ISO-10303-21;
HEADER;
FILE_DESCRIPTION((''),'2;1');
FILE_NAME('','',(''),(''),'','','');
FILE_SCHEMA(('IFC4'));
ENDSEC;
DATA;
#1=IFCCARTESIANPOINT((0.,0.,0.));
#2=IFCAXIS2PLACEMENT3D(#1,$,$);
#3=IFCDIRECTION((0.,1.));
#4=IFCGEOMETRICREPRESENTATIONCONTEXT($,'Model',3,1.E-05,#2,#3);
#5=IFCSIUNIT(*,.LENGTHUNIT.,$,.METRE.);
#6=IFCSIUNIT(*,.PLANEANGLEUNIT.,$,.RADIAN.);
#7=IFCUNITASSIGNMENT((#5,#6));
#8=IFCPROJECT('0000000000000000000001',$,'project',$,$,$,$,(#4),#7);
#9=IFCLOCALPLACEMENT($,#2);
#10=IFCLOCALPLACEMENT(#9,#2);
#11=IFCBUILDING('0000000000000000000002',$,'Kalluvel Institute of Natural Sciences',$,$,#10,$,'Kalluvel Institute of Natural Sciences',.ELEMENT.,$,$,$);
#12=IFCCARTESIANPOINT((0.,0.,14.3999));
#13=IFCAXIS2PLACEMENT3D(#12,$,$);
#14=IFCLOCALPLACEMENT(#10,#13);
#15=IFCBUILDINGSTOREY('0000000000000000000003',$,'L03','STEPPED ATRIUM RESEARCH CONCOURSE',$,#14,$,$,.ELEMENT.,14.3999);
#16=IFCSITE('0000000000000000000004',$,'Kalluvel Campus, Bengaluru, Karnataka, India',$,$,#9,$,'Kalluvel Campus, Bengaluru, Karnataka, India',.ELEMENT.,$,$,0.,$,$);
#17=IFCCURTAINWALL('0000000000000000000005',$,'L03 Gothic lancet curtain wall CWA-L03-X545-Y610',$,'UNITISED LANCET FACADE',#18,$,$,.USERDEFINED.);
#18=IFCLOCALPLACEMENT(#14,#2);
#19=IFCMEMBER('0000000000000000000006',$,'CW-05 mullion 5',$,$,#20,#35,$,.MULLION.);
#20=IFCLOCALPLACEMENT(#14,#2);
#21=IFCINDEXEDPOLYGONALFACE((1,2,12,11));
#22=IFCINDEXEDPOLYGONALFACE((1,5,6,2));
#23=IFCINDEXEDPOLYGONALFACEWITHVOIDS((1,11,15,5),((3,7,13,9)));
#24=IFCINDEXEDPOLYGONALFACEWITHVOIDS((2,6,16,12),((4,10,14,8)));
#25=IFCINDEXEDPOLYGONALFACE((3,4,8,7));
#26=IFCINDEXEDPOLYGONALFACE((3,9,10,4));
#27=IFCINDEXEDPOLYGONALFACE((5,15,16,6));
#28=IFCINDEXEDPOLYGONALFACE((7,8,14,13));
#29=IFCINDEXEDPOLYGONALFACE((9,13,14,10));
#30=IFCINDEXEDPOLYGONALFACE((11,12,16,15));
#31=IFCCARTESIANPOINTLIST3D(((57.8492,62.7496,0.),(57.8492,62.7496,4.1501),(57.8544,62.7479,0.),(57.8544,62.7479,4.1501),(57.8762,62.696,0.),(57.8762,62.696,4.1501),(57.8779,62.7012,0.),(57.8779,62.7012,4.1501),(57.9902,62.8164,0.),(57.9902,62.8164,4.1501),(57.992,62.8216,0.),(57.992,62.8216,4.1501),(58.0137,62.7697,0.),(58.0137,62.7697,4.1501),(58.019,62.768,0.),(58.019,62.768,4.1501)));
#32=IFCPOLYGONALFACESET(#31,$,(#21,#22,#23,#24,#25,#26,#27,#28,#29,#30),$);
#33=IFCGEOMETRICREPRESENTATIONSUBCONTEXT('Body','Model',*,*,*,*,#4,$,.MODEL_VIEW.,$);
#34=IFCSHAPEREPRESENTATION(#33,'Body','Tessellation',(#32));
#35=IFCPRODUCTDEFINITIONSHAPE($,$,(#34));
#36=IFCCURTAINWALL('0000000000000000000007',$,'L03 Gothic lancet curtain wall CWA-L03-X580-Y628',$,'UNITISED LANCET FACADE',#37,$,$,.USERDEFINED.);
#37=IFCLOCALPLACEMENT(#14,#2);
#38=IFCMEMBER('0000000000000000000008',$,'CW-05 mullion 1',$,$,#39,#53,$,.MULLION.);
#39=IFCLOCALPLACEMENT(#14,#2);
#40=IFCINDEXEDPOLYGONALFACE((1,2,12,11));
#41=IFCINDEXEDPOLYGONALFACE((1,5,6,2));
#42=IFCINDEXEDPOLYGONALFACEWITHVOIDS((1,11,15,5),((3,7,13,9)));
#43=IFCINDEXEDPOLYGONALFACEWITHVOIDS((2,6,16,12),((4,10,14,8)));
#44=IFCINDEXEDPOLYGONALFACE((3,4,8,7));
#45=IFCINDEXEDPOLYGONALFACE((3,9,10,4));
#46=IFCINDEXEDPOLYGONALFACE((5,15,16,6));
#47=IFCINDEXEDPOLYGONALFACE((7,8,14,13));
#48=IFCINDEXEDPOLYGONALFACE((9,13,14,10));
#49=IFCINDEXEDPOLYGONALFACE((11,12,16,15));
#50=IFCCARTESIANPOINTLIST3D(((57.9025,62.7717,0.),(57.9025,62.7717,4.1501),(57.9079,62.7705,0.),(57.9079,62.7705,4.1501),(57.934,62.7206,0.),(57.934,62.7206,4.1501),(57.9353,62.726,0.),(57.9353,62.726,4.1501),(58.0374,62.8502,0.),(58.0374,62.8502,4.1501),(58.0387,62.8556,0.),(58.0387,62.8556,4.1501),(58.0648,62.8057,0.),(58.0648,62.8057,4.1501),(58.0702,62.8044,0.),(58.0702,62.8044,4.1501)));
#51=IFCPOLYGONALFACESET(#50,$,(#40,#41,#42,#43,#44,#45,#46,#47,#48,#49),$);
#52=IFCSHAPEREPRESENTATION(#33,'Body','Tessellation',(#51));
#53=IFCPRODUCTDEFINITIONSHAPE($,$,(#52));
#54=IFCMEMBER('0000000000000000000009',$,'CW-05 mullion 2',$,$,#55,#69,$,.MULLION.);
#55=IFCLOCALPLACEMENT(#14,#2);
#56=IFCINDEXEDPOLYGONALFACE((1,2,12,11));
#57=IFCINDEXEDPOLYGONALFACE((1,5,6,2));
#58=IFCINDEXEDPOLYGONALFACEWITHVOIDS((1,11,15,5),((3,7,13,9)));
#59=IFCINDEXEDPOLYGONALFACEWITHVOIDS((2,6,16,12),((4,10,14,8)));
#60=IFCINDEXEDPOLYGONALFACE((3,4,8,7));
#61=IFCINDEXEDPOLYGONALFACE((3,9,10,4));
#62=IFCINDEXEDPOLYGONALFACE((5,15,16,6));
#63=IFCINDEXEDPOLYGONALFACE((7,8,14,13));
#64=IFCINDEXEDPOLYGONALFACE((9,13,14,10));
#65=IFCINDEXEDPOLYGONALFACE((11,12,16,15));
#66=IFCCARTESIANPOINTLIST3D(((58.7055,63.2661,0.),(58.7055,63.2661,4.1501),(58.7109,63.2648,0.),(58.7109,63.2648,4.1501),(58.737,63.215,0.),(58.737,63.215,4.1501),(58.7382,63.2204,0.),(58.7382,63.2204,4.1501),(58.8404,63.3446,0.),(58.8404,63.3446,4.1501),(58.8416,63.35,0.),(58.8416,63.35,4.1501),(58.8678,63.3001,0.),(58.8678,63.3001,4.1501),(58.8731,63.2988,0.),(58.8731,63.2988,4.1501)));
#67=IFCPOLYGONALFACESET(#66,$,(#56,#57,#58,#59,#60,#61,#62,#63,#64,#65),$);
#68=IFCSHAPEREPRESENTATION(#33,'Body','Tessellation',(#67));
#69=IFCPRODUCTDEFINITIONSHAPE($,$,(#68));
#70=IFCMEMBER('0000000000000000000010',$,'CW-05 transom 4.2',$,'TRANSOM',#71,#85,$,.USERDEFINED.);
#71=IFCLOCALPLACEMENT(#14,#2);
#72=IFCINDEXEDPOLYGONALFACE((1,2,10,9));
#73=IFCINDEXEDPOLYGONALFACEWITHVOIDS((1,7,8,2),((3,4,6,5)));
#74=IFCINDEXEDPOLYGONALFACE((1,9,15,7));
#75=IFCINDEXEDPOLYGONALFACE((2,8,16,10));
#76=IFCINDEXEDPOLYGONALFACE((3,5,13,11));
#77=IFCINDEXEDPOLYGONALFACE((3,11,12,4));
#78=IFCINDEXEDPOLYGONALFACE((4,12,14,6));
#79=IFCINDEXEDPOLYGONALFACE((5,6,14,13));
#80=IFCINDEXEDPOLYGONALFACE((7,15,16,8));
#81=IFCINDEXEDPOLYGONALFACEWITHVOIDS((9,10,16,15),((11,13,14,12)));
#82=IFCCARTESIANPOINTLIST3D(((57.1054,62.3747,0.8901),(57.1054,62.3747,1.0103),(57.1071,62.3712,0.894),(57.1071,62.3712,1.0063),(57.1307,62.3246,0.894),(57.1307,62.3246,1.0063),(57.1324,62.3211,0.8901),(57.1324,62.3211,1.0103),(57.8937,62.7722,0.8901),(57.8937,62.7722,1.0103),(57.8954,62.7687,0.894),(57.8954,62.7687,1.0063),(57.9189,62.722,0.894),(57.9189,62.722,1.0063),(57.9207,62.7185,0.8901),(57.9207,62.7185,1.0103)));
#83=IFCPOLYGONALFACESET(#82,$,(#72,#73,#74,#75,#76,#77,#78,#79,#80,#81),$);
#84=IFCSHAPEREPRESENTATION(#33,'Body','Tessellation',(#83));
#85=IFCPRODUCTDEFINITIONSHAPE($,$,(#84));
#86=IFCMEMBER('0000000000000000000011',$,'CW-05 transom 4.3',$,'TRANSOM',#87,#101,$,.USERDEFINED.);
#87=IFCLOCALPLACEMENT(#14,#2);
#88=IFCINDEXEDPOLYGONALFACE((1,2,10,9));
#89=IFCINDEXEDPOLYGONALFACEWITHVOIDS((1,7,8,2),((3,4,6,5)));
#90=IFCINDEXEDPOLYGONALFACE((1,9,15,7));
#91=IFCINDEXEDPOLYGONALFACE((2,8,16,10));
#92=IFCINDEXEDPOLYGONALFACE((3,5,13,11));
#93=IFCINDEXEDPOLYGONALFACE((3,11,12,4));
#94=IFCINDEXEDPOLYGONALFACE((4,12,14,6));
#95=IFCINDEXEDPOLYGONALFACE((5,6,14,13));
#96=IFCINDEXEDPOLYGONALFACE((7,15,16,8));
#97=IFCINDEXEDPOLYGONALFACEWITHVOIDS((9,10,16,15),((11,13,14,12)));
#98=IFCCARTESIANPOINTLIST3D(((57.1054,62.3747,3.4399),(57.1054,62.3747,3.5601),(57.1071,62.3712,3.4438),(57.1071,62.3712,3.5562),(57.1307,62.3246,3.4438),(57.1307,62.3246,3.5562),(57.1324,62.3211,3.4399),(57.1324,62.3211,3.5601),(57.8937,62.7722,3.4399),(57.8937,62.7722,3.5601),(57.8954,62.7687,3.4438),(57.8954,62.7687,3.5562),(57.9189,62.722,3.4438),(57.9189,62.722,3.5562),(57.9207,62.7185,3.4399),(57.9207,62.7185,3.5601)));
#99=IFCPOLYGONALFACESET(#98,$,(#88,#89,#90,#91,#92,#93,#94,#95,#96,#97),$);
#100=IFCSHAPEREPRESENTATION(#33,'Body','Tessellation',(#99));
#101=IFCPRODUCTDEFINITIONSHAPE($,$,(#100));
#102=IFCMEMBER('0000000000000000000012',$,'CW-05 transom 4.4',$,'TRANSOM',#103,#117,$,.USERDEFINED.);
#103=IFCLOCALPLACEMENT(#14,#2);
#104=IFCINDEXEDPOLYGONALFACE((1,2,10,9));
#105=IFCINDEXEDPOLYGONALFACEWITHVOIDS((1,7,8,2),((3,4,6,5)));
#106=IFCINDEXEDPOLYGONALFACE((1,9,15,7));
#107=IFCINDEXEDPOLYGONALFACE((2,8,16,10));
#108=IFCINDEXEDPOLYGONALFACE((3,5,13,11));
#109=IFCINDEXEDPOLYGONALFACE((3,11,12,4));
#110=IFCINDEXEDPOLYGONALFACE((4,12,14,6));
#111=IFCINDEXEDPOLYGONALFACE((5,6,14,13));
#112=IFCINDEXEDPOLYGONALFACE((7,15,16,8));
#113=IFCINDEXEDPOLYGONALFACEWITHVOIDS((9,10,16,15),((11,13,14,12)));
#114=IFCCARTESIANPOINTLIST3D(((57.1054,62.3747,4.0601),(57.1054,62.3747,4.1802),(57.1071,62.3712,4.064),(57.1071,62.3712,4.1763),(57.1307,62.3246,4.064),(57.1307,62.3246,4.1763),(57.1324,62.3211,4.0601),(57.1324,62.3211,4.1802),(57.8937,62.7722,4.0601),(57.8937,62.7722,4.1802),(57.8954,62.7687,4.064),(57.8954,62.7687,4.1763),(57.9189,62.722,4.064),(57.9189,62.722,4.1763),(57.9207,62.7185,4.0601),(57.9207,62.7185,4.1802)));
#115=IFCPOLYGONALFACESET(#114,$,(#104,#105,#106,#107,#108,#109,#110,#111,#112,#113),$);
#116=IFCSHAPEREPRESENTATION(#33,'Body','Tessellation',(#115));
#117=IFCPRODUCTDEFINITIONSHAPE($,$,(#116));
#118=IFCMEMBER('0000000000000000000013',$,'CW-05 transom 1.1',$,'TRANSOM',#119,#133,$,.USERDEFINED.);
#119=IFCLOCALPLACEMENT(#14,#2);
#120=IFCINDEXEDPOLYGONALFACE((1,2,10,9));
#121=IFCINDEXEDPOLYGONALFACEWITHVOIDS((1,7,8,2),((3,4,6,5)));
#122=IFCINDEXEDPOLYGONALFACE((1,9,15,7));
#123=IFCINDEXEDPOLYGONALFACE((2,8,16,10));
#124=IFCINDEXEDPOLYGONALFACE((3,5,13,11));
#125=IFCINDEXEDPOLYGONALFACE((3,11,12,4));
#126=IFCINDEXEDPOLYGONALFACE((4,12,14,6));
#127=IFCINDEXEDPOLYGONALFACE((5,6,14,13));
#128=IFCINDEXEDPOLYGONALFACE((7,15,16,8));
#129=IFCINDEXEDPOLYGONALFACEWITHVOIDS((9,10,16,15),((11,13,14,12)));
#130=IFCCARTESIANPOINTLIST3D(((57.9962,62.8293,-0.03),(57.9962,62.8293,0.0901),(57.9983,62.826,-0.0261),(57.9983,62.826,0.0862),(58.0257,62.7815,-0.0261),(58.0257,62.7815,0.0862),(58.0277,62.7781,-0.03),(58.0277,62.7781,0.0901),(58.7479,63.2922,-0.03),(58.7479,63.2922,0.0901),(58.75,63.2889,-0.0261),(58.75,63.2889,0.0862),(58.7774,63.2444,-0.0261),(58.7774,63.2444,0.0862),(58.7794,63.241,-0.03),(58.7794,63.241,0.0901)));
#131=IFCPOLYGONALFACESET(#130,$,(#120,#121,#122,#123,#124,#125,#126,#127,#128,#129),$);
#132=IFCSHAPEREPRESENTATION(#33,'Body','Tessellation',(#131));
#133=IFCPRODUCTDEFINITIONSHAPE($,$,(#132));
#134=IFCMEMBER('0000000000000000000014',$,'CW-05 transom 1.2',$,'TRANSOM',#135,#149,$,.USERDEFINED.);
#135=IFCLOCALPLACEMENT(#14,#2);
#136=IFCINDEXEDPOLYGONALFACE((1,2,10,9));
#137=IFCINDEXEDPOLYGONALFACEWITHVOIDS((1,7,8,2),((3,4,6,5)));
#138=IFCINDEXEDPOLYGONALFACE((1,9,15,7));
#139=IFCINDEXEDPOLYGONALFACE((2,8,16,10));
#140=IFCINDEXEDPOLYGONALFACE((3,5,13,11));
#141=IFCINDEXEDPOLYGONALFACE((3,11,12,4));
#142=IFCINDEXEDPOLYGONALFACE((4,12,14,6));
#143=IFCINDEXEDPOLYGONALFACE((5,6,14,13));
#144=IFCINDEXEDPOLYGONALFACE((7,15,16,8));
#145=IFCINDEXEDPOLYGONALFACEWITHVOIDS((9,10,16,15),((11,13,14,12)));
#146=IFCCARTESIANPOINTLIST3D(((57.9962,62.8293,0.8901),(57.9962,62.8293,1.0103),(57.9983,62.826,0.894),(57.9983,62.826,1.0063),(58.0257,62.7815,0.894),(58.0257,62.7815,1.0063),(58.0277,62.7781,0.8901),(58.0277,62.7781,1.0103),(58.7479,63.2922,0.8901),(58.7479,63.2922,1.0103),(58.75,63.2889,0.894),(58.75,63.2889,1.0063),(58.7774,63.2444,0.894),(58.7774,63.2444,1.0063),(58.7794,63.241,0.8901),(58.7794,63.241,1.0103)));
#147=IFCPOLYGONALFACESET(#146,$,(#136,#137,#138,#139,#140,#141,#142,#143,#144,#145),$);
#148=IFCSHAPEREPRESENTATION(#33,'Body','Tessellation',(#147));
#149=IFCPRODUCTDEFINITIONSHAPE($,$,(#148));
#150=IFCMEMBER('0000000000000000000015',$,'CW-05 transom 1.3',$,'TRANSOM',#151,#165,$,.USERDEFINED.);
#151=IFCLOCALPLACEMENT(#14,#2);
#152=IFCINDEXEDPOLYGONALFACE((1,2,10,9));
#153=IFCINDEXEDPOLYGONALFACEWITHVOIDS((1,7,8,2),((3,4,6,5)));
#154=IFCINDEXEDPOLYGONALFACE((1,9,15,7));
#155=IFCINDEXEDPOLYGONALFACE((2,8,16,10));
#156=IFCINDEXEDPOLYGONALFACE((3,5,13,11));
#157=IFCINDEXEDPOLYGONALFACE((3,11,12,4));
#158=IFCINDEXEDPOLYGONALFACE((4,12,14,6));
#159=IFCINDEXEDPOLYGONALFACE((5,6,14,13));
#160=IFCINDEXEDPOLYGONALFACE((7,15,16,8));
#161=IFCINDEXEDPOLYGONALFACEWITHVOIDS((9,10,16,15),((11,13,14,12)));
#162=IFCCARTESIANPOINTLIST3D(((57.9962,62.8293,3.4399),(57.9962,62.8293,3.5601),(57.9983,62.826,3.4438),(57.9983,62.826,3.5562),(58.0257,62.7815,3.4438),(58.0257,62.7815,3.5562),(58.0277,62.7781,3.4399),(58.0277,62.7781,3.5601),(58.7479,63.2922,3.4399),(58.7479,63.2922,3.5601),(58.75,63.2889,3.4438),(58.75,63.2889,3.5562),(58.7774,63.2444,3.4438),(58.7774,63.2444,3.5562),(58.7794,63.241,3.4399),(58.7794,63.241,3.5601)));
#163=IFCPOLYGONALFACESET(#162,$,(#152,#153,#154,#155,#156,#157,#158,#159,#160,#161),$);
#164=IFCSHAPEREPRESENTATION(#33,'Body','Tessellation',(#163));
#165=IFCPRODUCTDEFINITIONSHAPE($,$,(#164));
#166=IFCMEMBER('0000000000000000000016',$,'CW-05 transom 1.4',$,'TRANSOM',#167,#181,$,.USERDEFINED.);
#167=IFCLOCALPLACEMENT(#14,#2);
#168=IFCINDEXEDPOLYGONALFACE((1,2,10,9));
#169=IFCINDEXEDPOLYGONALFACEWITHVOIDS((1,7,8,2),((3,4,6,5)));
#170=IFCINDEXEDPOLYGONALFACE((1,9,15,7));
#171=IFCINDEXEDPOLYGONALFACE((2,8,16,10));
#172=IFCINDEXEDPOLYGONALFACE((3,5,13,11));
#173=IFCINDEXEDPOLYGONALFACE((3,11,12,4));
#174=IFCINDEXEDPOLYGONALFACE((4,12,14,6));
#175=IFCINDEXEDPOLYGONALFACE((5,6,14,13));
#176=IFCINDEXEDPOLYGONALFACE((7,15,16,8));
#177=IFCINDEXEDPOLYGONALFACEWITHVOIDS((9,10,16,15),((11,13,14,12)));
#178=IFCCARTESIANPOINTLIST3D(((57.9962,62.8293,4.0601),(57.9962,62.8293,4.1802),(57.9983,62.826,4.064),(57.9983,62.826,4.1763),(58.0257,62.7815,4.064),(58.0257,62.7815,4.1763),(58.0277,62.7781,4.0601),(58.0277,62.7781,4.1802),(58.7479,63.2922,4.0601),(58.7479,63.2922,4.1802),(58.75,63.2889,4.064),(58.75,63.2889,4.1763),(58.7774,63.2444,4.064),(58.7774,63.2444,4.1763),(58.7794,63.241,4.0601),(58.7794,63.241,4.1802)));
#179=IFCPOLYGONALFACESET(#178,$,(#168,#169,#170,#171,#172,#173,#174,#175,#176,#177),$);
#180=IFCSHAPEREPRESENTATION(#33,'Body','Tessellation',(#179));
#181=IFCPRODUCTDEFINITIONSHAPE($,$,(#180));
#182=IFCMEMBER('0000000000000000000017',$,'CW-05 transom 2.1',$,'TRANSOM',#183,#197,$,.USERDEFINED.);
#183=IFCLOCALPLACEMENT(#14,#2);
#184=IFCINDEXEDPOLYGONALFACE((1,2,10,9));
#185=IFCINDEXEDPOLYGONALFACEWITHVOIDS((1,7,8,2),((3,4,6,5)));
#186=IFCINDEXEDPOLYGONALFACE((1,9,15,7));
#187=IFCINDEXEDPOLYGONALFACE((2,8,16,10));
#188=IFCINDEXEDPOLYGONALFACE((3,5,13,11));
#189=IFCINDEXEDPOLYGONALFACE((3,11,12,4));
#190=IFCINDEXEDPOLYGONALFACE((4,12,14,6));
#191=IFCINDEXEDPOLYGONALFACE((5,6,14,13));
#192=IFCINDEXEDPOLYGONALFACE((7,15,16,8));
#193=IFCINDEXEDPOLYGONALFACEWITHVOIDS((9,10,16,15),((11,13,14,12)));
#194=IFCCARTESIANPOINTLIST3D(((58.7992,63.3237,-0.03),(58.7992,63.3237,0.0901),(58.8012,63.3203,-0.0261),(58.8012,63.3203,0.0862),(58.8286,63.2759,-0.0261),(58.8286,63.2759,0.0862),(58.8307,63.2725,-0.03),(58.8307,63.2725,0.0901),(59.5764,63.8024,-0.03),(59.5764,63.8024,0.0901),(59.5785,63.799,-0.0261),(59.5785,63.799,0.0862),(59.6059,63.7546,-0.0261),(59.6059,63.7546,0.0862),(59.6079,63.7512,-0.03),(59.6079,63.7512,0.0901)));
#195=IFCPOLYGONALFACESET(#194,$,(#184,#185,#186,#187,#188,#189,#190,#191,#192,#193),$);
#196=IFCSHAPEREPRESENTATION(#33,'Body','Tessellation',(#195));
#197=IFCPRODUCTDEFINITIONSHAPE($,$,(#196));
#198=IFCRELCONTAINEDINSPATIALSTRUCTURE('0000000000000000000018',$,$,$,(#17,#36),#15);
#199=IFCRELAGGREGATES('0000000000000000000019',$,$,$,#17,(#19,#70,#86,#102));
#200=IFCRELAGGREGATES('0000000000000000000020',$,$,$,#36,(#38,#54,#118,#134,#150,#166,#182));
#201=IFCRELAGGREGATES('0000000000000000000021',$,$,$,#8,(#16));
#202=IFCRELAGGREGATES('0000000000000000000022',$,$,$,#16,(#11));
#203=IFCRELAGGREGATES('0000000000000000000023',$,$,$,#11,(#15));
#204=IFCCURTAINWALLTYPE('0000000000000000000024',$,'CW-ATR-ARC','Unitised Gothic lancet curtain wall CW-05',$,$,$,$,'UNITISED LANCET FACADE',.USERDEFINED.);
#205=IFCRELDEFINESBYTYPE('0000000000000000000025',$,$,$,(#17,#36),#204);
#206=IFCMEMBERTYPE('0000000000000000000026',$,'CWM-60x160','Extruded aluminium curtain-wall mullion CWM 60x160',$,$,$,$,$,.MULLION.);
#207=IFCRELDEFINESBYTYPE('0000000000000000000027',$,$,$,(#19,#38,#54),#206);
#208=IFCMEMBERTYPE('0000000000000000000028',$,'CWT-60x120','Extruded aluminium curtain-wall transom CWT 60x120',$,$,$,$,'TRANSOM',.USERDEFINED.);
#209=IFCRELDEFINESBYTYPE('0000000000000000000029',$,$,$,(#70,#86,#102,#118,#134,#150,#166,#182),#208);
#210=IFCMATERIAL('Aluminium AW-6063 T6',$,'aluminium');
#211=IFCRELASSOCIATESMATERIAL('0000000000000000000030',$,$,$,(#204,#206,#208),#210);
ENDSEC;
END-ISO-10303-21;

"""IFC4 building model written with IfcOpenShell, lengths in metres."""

from ifc_helpers import new_model, si_unit, direction, frame, origin, origin_2d, place, context, subcontext, project, spatial, hollow_rectangle, extrude, material, material_profile, profile_set, type_object, element, aggregate, save


model = new_model("IFC4")

# Units and contexts
model_context = context("Model", 3, precision=1e-05, world=origin(), true_north=direction((0.0, 1.0)))
body_context = subcontext(model_context, "Body", "Model", "MODEL_VIEW")
ifc_project = project(units=[si_unit("LENGTHUNIT", "METRE"), si_unit("PLANEANGLEUNIT", "RADIAN")], contexts=[model_context])

# Site, building, storey
site_placement = place(None, origin())
site = spatial("IfcSite", under=ifc_project, at=site_placement, Name="Kalluvel Campus, Bengaluru, Karnataka, India", LongName="Kalluvel Campus, Bengaluru, Karnataka, India", CompositionType="ELEMENT", RefElevation=0.0)
building_placement = place(site_placement, origin())
building = spatial("IfcBuilding", under=site, at=building_placement, Name="Kalluvel Institute of Natural Sciences", LongName="Kalluvel Institute of Natural Sciences", CompositionType="ELEMENT")
storey_placement = place(building_placement, frame((0.0, 0.0, 14.3999)))
storey = spatial("IfcBuildingStorey", under=building, at=storey_placement, Name="L03", Description="STEPPED ATRIUM RESEARCH CONCOURSE", CompositionType="ELEMENT", Elevation=14.3999)

# Curtain wall, member
ifc_material_1 = material(Name="Aluminium AW-6063 T6", Category="aluminium")
curtain_wall_type = type_object("IfcCurtainWallType", Name="CW-ATR-ARC", Description="Unitised Gothic lancet curtain wall CW-05", ElementType="UNITISED LANCET FACADE", PredefinedType="USERDEFINED", material=ifc_material_1)
curtain_wall_1_placement = place(storey_placement, origin())
curtain_wall_1 = element("IfcCurtainWall", 1, at=curtain_wall_1_placement, inside=storey, type_object=curtain_wall_type, Name="L03 Gothic lancet curtain wall CWA-L03-X545-Y610", ObjectType="UNITISED LANCET FACADE", PredefinedType="USERDEFINED")
ifc_material_profile_1 = material_profile(ifc_material_1, hollow_rectangle(XDim=0.0601, YDim=0.1599, WallThickness=0.0039, at=origin_2d()), Name="CWM 60x160")
ifc_profile_set_1 = profile_set([ifc_material_profile_1], Name="Aluminium AW-6063 T6")
member_type_1 = type_object("IfcMemberType", Name="CWM-60x160", Description="Extruded aluminium curtain-wall mullion CWM 60x160", PredefinedType="MULLION", material=ifc_profile_set_1)
member_1_placement = place(storey_placement, frame((57.9341, 62.7588, 0.0), z_axis=(0.0, 0.0, 1.0), x_axis=(-0.450202, 0.892927, 0.0)))
member_1 = element("IfcMember", 2, at=member_1_placement, type_object=member_type_1, Name="CW-05 mullion 5", PredefinedType="MULLION", context=body_context, shape_type="SweptSolid", body=[
    extrude(hollow_rectangle(XDim=0.0601, YDim=0.1599, WallThickness=0.0039, at=origin_2d()), origin(), (0.0, 0.0, 1.0), 4.1501),
])

# Curtain wall, members
curtain_wall_2_placement = place(storey_placement, origin())
curtain_wall_2 = element("IfcCurtainWall", 3, at=curtain_wall_2_placement, inside=storey, type_object=curtain_wall_type, Name="L03 Gothic lancet curtain wall CWA-L03-X580-Y628", ObjectType="UNITISED LANCET FACADE", PredefinedType="USERDEFINED")
member_2_placement = place(storey_placement, frame((57.9863, 62.7881, 0.0), z_axis=(0.0, 0.0, 1.0), x_axis=(-0.524305, 0.85153, 0.0)))
member_2 = element("IfcMember", 4, at=member_2_placement, type_object=member_type_1, Name="CW-05 mullion 1", PredefinedType="MULLION", context=body_context, shape_type="SweptSolid", body=[
    extrude(hollow_rectangle(XDim=0.0601, YDim=0.1599, WallThickness=0.0039, at=origin_2d()), origin(), (0.0, 0.0, 1.0), 4.1501),
])
member_3_placement = place(storey_placement, frame((58.7893, 63.2825, 0.0), z_axis=(0.0, 0.0, 1.0), x_axis=(-0.524305, 0.85153, 0.0)))
member_3 = element("IfcMember", 5, at=member_3_placement, type_object=member_type_1, Name="CW-05 mullion 2", PredefinedType="MULLION", context=body_context, shape_type="SweptSolid", body=[
    extrude(hollow_rectangle(XDim=0.0601, YDim=0.1599, WallThickness=0.0039, at=origin_2d()), origin(), (0.0, 0.0, 1.0), 4.1501),
])

# Members
ifc_material_profile_2 = material_profile(ifc_material_1, hollow_rectangle(XDim=0.0601, YDim=0.1201, WallThickness=0.0039, at=origin_2d()), Name="CWT 60x120")
ifc_profile_set_2 = profile_set([ifc_material_profile_2], Name="Aluminium AW-6063 T6")
member_type_2 = type_object("IfcMemberType", Name="CWT-60x120", Description="Extruded aluminium curtain-wall transom CWT 60x120", ElementType="TRANSOM", PredefinedType="USERDEFINED", material=ifc_profile_set_2)
member_4_placement = place(storey_placement, frame((57.1189, 62.3479, 0.9502), z_axis=(0.892929, 0.450198, 0.0), x_axis=(-0.450198, 0.892929, 0.0)))
member_4 = element("IfcMember", 6, at=member_4_placement, type_object=member_type_2, Name="CW-05 transom 4.2", ObjectType="TRANSOM", PredefinedType="USERDEFINED", context=body_context, shape_type="SweptSolid", body=[
    extrude(hollow_rectangle(XDim=0.0601, YDim=0.1201, WallThickness=0.0039, at=origin_2d()), origin(), (0.0, 0.0, 1.0), 0.8828),
])
member_5_placement = place(storey_placement, frame((57.1189, 62.3479, 3.5), z_axis=(0.892929, 0.450198, 0.0), x_axis=(-0.450198, 0.892929, 0.0)))
member_5 = element("IfcMember", 7, at=member_5_placement, type_object=member_type_2, Name="CW-05 transom 4.3", ObjectType="TRANSOM", PredefinedType="USERDEFINED", context=body_context, shape_type="SweptSolid", body=[
    extrude(hollow_rectangle(XDim=0.0601, YDim=0.1201, WallThickness=0.0039, at=origin_2d()), origin(), (0.0, 0.0, 1.0), 0.8828),
])
member_6_placement = place(storey_placement, frame((57.1189, 62.3479, 4.1201), z_axis=(0.892929, 0.450198, 0.0), x_axis=(-0.450198, 0.892929, 0.0)))
member_6 = element("IfcMember", 8, at=member_6_placement, type_object=member_type_2, Name="CW-05 transom 4.4", ObjectType="TRANSOM", PredefinedType="USERDEFINED", context=body_context, shape_type="SweptSolid", body=[
    extrude(hollow_rectangle(XDim=0.0601, YDim=0.1201, WallThickness=0.0039, at=origin_2d()), origin(), (0.0, 0.0, 1.0), 0.8828),
])
member_7_placement = place(storey_placement, frame((58.012, 62.8037, 0.03), z_axis=(0.851506, 0.524344, 0.0), x_axis=(-0.524344, 0.851506, 0.0)))
member_7 = element("IfcMember", 9, at=member_7_placement, type_object=member_type_2, Name="CW-05 transom 1.1", ObjectType="TRANSOM", PredefinedType="USERDEFINED", context=body_context, shape_type="SweptSolid", body=[
    extrude(hollow_rectangle(XDim=0.0601, YDim=0.1201, WallThickness=0.0039, at=origin_2d()), origin(), (0.0, 0.0, 1.0), 0.8828),
])
member_8_placement = place(storey_placement, frame((58.012, 62.8037, 0.9502), z_axis=(0.851506, 0.524344, 0.0), x_axis=(-0.524344, 0.851506, 0.0)))
member_8 = element("IfcMember", 10, at=member_8_placement, type_object=member_type_2, Name="CW-05 transom 1.2", ObjectType="TRANSOM", PredefinedType="USERDEFINED", context=body_context, shape_type="SweptSolid", body=[
    extrude(hollow_rectangle(XDim=0.0601, YDim=0.1201, WallThickness=0.0039, at=origin_2d()), origin(), (0.0, 0.0, 1.0), 0.8828),
])
member_9_placement = place(storey_placement, frame((58.012, 62.8037, 3.5), z_axis=(0.851506, 0.524344, 0.0), x_axis=(-0.524344, 0.851506, 0.0)))
member_9 = element("IfcMember", 11, at=member_9_placement, type_object=member_type_2, Name="CW-05 transom 1.3", ObjectType="TRANSOM", PredefinedType="USERDEFINED", context=body_context, shape_type="SweptSolid", body=[
    extrude(hollow_rectangle(XDim=0.0601, YDim=0.1201, WallThickness=0.0039, at=origin_2d()), origin(), (0.0, 0.0, 1.0), 0.8828),
])
member_10_placement = place(storey_placement, frame((58.012, 62.8037, 4.1201), z_axis=(0.851506, 0.524344, 0.0), x_axis=(-0.524344, 0.851506, 0.0)))
member_10 = element("IfcMember", 12, at=member_10_placement, type_object=member_type_2, Name="CW-05 transom 1.4", ObjectType="TRANSOM", PredefinedType="USERDEFINED", context=body_context, shape_type="SweptSolid", body=[
    extrude(hollow_rectangle(XDim=0.0601, YDim=0.1201, WallThickness=0.0039, at=origin_2d()), origin(), (0.0, 0.0, 1.0), 0.8828),
])
member_11_placement = place(storey_placement, frame((58.8149, 63.2981, 0.03), z_axis=(0.851465, 0.524411, 0.0), x_axis=(-0.524411, 0.851465, 0.0)))
member_11 = element("IfcMember", 13, at=member_11_placement, type_object=member_type_2, Name="CW-05 transom 2.1", ObjectType="TRANSOM", PredefinedType="USERDEFINED", context=body_context, shape_type="SweptSolid", body=[
    extrude(hollow_rectangle(XDim=0.0601, YDim=0.1201, WallThickness=0.0039, at=origin_2d()), origin(), (0.0, 0.0, 1.0), 0.9128),
])

aggregate(curtain_wall_1, [member_1, member_4, member_5, member_6])
aggregate(curtain_wall_2, [member_2, member_3, member_7, member_8, member_9, member_10, member_11])

save(model, "model.ifc")
